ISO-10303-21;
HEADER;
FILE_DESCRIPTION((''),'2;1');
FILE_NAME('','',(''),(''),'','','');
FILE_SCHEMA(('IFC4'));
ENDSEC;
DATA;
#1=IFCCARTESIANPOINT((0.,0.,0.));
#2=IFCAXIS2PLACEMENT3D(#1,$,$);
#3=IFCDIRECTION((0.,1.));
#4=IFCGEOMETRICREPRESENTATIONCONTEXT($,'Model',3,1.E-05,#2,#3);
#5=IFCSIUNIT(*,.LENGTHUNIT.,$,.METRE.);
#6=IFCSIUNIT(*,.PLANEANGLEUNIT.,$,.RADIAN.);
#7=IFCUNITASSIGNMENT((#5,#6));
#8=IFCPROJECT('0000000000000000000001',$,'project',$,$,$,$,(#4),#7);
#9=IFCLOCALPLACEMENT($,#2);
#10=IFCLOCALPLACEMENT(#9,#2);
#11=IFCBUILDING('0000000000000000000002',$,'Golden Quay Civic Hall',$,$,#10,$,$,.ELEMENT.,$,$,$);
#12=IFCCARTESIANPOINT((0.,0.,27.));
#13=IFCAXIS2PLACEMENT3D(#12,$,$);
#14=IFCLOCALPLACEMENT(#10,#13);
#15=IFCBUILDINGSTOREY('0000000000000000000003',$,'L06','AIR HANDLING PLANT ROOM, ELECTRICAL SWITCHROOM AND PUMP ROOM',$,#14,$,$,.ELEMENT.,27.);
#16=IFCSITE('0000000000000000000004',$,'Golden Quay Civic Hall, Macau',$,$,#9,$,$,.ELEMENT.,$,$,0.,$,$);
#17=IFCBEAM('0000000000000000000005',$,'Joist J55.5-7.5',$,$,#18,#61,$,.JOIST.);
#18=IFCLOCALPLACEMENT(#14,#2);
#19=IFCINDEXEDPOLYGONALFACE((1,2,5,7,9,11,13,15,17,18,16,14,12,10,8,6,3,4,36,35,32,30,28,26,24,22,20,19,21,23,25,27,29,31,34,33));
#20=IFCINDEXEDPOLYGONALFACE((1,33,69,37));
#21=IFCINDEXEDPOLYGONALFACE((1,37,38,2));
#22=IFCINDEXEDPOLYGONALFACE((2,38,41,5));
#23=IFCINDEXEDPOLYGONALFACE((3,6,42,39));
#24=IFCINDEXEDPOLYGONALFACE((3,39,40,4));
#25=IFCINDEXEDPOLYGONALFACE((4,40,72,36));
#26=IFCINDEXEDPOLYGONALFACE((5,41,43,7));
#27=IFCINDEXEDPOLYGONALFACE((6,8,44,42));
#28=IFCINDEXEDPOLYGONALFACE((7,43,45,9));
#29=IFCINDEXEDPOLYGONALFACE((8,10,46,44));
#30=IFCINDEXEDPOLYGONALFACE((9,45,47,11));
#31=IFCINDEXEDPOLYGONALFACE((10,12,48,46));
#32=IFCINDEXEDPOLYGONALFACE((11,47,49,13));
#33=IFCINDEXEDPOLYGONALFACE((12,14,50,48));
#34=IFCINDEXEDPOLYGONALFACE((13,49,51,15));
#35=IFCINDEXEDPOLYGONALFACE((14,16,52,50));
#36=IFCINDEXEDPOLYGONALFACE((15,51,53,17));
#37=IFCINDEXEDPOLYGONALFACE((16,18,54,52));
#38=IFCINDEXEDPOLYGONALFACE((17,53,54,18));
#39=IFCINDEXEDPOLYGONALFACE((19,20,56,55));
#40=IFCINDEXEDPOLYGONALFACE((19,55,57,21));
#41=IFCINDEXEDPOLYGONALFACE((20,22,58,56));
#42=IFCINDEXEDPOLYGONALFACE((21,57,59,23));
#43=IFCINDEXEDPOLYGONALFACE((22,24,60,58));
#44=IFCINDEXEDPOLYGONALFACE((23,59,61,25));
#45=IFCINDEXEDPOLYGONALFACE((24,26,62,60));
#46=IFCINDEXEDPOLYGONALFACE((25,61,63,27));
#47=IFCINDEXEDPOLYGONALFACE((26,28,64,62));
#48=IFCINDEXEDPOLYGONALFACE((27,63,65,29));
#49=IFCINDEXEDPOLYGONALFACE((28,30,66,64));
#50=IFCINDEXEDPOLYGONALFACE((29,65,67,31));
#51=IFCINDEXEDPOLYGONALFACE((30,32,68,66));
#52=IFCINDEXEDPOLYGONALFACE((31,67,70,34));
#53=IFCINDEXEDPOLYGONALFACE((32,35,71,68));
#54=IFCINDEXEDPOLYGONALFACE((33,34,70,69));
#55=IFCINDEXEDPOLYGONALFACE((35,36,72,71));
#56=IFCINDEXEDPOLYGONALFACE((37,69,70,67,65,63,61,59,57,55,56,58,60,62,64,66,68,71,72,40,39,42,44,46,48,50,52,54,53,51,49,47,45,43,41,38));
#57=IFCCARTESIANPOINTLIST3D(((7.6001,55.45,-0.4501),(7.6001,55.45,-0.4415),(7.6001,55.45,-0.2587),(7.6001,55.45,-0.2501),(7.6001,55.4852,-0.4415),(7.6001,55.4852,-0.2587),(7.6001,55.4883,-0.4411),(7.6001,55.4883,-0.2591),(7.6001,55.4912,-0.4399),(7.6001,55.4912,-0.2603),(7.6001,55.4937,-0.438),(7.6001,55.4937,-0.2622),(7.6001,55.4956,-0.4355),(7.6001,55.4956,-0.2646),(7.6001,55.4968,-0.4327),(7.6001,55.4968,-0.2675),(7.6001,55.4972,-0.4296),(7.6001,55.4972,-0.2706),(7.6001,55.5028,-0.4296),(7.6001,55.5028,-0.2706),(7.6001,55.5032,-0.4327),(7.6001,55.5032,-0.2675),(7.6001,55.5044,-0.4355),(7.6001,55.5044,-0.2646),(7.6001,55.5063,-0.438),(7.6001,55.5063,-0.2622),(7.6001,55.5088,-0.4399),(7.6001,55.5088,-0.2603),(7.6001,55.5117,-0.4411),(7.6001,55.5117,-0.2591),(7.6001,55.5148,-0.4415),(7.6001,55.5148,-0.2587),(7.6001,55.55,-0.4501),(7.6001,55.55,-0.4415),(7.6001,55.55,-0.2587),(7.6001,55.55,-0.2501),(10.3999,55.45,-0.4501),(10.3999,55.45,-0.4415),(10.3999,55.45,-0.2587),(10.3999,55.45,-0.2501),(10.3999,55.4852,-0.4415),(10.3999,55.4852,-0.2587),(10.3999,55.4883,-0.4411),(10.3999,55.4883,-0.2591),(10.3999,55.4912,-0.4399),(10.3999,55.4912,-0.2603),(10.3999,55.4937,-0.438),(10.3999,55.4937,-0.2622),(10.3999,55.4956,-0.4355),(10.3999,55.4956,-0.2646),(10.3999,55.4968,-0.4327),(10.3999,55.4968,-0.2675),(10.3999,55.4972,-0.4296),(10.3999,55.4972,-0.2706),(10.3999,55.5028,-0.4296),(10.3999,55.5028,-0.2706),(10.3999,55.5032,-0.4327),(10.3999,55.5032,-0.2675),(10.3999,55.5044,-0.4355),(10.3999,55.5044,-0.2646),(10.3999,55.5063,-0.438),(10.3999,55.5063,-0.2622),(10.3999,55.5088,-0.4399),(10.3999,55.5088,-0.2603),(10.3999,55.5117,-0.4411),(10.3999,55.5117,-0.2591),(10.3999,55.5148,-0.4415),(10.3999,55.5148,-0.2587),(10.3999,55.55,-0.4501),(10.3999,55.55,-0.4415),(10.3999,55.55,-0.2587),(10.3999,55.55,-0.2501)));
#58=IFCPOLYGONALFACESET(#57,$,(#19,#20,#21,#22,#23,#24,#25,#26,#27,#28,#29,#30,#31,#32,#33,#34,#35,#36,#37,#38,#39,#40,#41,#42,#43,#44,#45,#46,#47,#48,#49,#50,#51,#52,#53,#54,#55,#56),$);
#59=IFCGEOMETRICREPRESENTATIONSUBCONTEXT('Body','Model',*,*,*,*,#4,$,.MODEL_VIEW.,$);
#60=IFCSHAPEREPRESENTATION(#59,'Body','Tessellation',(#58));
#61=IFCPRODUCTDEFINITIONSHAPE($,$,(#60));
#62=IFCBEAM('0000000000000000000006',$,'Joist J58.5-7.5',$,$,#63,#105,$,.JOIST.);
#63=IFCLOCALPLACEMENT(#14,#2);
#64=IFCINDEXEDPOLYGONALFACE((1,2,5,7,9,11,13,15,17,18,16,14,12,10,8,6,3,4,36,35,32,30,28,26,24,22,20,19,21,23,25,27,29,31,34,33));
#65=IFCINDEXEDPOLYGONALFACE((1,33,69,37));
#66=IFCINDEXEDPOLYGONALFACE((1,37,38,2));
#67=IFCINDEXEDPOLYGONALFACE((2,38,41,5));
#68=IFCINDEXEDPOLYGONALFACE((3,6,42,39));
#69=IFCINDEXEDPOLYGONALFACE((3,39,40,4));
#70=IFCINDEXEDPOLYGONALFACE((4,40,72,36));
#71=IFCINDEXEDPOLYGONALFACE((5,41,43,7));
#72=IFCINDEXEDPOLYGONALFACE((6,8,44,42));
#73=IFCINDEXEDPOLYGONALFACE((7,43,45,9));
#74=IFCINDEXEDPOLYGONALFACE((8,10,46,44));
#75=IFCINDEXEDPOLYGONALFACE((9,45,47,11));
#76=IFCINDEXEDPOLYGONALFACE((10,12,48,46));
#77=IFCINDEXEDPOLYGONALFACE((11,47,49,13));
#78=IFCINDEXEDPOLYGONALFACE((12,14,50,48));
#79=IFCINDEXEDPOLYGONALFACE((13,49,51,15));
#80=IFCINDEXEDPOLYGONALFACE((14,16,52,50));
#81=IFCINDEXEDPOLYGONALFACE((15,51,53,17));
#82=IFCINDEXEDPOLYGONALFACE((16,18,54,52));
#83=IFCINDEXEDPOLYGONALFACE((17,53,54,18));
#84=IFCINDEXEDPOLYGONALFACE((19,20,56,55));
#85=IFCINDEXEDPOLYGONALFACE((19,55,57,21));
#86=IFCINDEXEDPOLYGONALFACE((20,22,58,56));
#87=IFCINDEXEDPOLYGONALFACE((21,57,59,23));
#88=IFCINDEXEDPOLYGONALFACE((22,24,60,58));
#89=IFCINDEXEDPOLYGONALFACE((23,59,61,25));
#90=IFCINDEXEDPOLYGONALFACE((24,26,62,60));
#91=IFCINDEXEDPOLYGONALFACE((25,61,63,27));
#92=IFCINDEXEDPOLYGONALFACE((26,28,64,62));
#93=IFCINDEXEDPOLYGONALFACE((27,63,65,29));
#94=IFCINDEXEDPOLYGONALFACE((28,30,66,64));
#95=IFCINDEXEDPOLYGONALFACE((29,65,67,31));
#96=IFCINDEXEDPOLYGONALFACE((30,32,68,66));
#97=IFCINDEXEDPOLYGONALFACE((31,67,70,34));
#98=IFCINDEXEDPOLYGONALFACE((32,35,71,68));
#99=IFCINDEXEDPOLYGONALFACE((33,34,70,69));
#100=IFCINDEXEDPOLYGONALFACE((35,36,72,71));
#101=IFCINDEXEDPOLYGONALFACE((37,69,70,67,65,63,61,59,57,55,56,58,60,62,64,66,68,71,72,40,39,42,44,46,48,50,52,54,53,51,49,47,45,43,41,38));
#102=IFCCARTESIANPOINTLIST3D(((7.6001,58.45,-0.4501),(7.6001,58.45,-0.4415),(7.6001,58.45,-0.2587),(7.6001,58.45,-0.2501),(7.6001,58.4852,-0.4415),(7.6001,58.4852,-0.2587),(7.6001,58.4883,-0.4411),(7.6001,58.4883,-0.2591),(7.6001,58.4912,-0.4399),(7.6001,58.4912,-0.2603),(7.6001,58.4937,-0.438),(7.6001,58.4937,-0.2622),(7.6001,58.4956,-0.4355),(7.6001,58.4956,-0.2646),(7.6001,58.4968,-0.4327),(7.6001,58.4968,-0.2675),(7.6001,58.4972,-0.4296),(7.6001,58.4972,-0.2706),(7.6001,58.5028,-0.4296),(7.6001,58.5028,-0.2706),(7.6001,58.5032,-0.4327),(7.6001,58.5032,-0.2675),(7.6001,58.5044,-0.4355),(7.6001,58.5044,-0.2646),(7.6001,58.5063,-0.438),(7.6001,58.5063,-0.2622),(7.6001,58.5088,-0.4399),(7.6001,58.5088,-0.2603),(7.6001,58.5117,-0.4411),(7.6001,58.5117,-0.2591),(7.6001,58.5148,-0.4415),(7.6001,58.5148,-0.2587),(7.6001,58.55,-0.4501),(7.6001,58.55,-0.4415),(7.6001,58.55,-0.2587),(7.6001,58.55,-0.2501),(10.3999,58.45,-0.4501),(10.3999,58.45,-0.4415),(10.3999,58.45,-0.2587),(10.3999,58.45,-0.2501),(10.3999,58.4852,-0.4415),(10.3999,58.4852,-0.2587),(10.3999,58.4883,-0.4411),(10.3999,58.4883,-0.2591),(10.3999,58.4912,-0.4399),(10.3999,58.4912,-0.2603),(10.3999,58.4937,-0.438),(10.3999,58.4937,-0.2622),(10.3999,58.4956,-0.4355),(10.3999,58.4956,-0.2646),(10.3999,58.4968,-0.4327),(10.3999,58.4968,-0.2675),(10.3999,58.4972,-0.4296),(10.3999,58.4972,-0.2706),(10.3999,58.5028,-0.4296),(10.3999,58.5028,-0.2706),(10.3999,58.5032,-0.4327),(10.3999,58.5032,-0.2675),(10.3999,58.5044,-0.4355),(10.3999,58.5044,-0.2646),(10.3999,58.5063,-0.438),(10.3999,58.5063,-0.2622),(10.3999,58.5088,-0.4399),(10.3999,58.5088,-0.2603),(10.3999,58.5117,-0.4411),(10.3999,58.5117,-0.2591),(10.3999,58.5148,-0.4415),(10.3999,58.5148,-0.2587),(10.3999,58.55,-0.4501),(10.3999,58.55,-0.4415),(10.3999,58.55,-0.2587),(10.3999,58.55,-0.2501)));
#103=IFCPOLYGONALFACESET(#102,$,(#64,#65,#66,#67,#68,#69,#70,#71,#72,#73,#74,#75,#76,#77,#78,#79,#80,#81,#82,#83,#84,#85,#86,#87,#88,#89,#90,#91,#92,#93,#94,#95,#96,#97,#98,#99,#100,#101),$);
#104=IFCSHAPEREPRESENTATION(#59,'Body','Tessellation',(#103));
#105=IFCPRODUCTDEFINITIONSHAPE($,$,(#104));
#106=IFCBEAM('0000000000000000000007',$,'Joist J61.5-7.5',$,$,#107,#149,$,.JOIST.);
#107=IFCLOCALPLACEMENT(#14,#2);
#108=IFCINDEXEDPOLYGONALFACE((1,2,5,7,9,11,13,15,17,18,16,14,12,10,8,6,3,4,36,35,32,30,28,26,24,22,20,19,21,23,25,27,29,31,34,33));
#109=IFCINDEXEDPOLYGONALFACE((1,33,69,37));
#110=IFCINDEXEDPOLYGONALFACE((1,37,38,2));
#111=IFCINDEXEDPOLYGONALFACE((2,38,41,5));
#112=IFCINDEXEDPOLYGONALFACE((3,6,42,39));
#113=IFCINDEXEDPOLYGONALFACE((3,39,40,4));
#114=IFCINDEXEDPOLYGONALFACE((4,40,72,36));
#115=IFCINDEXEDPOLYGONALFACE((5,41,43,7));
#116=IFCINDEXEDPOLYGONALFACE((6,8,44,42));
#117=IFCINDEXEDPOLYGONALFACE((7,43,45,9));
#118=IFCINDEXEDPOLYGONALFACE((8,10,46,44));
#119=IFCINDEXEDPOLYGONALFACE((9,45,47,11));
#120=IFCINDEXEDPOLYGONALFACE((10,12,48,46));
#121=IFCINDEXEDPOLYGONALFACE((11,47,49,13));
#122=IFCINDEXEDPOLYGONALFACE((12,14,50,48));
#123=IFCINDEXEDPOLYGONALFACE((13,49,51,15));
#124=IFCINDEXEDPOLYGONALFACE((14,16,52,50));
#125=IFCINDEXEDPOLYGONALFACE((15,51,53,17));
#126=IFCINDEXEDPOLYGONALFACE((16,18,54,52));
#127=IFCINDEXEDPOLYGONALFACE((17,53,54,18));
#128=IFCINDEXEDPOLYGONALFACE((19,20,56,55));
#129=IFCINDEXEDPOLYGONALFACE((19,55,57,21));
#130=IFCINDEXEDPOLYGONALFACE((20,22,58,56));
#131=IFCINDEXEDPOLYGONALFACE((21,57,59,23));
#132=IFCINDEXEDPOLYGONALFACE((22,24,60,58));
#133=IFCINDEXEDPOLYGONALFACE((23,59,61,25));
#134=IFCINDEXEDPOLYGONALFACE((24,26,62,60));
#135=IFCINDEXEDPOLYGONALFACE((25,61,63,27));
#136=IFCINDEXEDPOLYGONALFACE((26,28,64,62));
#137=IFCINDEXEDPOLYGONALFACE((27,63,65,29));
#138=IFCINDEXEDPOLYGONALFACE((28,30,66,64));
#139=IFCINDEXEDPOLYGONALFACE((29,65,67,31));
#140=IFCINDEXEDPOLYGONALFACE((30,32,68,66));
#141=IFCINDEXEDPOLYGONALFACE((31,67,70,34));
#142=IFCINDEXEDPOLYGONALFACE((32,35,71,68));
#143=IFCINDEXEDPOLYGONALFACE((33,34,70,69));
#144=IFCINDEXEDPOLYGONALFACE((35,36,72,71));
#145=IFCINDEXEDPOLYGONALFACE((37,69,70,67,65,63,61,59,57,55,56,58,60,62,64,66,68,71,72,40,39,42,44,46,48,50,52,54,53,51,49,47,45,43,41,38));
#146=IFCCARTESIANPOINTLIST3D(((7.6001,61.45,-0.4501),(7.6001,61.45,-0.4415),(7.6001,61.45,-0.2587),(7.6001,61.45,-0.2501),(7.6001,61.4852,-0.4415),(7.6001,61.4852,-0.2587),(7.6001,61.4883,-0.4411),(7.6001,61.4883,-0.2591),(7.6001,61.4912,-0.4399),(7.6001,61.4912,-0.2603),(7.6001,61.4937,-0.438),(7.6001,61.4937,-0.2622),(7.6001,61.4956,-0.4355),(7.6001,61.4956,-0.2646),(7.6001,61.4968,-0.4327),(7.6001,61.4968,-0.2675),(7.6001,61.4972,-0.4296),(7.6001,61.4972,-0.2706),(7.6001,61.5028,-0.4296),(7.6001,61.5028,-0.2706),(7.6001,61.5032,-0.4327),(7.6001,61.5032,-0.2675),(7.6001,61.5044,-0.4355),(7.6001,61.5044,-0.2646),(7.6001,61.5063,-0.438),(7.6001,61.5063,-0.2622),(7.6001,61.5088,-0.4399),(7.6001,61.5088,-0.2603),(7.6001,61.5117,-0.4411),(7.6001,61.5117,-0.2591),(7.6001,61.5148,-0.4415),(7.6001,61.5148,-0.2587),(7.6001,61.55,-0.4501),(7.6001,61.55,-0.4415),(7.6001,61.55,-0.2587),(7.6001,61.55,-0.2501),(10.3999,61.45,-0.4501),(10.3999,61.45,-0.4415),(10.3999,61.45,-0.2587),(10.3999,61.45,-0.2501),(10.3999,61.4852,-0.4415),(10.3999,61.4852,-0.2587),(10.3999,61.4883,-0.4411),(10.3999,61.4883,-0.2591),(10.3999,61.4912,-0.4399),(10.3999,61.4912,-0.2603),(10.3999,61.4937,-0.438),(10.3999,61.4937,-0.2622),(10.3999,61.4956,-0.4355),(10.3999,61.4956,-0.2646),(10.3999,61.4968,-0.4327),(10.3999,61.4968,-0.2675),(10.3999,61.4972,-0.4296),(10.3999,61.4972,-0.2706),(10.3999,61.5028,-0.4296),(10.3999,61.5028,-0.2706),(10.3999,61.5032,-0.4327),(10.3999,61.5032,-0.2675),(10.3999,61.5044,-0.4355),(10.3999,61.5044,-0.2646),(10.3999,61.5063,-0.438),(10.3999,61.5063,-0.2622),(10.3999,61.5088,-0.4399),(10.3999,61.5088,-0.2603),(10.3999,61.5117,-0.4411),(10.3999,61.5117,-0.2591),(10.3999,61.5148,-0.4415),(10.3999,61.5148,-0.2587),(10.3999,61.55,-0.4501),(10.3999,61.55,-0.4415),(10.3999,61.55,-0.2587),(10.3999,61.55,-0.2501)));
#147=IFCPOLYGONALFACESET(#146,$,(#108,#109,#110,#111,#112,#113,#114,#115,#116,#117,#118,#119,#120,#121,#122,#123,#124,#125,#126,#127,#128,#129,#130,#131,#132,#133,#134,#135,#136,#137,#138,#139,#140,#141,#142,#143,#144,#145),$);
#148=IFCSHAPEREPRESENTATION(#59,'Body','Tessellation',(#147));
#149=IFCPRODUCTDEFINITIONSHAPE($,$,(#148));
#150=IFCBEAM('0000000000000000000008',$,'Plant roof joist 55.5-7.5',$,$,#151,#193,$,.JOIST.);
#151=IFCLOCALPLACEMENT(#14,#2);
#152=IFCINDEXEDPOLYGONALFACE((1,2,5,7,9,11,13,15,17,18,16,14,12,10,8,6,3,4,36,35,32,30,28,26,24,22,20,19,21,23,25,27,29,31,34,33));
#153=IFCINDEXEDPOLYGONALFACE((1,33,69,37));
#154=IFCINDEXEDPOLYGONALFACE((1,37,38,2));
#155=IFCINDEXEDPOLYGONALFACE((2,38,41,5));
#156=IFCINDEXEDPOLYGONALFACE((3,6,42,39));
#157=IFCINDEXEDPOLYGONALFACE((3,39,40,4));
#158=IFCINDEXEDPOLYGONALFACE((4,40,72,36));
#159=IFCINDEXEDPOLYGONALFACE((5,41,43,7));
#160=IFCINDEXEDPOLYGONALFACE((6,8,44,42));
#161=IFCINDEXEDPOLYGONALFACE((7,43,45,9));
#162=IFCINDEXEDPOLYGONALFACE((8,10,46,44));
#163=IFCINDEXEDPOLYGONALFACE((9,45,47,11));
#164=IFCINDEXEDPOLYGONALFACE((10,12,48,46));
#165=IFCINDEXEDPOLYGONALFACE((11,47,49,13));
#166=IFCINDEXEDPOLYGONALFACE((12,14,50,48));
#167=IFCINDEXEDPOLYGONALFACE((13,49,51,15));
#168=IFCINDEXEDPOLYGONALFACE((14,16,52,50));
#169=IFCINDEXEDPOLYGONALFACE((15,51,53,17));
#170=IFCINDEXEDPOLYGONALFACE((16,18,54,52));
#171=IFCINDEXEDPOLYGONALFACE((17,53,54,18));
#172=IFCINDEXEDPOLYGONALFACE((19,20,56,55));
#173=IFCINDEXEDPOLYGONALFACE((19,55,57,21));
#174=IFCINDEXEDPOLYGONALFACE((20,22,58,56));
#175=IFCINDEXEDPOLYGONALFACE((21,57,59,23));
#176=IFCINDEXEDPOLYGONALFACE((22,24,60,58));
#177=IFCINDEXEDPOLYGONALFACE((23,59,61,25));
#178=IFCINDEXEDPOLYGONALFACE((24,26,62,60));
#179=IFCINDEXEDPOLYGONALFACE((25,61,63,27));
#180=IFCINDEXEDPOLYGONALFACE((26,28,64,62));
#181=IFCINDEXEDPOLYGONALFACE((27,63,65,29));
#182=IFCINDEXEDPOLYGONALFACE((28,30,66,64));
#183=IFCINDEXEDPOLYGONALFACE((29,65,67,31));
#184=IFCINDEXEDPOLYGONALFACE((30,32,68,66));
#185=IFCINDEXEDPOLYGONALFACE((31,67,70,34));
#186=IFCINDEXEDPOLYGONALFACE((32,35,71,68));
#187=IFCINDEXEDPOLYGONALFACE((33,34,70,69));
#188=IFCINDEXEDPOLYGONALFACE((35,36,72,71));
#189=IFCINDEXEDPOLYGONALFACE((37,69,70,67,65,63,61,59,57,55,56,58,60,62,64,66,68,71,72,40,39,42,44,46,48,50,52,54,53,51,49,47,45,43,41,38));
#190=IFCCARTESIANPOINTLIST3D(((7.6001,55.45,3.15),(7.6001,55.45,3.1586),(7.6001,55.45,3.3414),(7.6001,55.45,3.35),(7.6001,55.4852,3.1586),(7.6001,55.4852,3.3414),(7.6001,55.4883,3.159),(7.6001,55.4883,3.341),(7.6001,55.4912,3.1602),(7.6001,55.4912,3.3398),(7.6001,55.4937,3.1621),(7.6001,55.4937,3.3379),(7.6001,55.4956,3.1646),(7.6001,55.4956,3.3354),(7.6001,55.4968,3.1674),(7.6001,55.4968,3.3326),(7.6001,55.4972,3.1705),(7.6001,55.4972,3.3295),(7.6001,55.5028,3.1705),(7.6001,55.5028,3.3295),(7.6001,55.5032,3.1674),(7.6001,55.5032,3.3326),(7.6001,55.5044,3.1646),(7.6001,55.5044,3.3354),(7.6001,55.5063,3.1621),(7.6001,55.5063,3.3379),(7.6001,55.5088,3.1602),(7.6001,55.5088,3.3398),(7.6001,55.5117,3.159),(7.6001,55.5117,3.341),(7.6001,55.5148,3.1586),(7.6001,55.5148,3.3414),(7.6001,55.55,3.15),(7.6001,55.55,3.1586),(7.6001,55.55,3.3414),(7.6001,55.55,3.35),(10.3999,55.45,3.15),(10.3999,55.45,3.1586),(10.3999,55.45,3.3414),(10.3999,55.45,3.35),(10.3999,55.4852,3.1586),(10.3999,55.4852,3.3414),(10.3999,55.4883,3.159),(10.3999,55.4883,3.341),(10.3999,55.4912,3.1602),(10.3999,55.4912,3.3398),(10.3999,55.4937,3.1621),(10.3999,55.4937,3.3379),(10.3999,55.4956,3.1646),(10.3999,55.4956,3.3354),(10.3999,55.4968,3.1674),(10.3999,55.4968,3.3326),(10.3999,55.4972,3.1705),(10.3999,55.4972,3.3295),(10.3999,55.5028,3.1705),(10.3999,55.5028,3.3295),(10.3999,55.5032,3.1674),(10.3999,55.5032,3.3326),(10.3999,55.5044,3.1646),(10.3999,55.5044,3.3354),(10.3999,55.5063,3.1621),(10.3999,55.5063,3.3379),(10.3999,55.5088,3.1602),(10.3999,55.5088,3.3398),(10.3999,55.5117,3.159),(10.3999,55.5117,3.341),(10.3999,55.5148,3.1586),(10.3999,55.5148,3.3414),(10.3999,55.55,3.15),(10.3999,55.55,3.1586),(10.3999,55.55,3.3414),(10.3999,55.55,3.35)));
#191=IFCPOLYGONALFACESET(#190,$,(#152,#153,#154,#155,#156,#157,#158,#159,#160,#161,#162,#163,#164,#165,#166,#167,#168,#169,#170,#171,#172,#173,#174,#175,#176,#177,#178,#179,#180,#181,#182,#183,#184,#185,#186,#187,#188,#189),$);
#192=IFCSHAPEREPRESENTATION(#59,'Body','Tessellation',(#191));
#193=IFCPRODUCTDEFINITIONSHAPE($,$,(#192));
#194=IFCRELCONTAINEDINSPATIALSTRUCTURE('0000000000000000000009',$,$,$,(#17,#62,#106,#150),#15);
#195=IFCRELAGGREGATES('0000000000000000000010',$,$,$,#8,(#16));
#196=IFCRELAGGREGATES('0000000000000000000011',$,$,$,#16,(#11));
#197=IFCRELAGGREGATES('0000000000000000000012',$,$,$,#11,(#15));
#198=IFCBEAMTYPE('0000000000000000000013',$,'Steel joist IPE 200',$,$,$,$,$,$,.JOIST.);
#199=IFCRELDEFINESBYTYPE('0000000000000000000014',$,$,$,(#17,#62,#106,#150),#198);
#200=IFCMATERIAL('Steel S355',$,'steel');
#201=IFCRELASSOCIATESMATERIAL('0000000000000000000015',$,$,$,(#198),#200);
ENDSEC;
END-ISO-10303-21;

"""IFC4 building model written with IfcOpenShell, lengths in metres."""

from ifc_helpers import new_model, si_unit, direction, frame, origin, origin_2d, place, context, subcontext, project, spatial, i_section, extrude, material, material_profile, profile_set, type_object, element, save


model = new_model("IFC4")

# Units and contexts
model_context = context("Model", 3, precision=1e-05, world=origin(), true_north=direction((0.0, 1.0)))
body_context = subcontext(model_context, "Body", "Model", "MODEL_VIEW")
ifc_project = project(units=[si_unit("LENGTHUNIT", "METRE"), si_unit("PLANEANGLEUNIT", "RADIAN")], contexts=[model_context])

# Site, building, storey
site_placement = place(None, origin())
site = spatial("IfcSite", under=ifc_project, at=site_placement, Name="Golden Quay Civic Hall, Macau", CompositionType="ELEMENT", RefElevation=0.0)
building_placement = place(site_placement, origin())
building = spatial("IfcBuilding", under=site, at=building_placement, Name="Golden Quay Civic Hall", CompositionType="ELEMENT")
storey_placement = place(building_placement, frame((0.0, 0.0, 27.0)))
storey = spatial("IfcBuildingStorey", under=building, at=storey_placement, Name="L06", Description="AIR HANDLING PLANT ROOM, ELECTRICAL SWITCHROOM AND PUMP ROOM", CompositionType="ELEMENT", Elevation=27.0)

# Beams
ifc_material_1 = material(Name="Steel S355", Category="steel")
ifc_material_profile_1 = material_profile(ifc_material_1, i_section(OverallWidth=0.1001, OverallDepth=0.2, WebThickness=0.0056, FlangeThickness=0.0085, FilletRadius=0.012, at=origin_2d()), Name="IPE 200")
ifc_profile_set_1 = profile_set([ifc_material_profile_1], Name="Steel S355")
beam_type_1 = type_object("IfcBeamType", Name="Steel joist IPE 200", PredefinedType="JOIST", material=ifc_profile_set_1)
for number, where, z_axis, x_axis, name in (
    (1, (7.6001, 55.5, -0.3501), (1.0, 0.0, 0.0), (0.0, 1.0, 0.0), "Joist J55.5-7.5"),
    (2, (7.6001, 58.5, -0.3501), (1.0, 0.0, 0.0), (0.0, 1.0, 0.0), "Joist J58.5-7.5"),
    (3, (7.6001, 61.5, -0.3501), (1.0, 0.0, 0.0), (0.0, 1.0, 0.0), "Joist J61.5-7.5"),
    (4, (7.6001, 55.5, 3.25), (1.0, 0.0, 0.0), (0.0, 1.0, 0.0), "Plant roof joist 55.5-7.5"),
):
    element("IfcBeam", number, at=place(storey_placement, frame(where, z_axis=z_axis, x_axis=x_axis)), inside=storey, type_object=beam_type_1, Name=name, PredefinedType="JOIST", context=body_context, shape_type="SweptSolid", body=[
        extrude(i_section(OverallWidth=0.1001, OverallDepth=0.2, WebThickness=0.0056, FlangeThickness=0.0085, FilletRadius=0.012, at=origin_2d()), origin(), (0.0, 0.0, 1.0), 2.7998),
    ])

save(model, "model.ifc")
